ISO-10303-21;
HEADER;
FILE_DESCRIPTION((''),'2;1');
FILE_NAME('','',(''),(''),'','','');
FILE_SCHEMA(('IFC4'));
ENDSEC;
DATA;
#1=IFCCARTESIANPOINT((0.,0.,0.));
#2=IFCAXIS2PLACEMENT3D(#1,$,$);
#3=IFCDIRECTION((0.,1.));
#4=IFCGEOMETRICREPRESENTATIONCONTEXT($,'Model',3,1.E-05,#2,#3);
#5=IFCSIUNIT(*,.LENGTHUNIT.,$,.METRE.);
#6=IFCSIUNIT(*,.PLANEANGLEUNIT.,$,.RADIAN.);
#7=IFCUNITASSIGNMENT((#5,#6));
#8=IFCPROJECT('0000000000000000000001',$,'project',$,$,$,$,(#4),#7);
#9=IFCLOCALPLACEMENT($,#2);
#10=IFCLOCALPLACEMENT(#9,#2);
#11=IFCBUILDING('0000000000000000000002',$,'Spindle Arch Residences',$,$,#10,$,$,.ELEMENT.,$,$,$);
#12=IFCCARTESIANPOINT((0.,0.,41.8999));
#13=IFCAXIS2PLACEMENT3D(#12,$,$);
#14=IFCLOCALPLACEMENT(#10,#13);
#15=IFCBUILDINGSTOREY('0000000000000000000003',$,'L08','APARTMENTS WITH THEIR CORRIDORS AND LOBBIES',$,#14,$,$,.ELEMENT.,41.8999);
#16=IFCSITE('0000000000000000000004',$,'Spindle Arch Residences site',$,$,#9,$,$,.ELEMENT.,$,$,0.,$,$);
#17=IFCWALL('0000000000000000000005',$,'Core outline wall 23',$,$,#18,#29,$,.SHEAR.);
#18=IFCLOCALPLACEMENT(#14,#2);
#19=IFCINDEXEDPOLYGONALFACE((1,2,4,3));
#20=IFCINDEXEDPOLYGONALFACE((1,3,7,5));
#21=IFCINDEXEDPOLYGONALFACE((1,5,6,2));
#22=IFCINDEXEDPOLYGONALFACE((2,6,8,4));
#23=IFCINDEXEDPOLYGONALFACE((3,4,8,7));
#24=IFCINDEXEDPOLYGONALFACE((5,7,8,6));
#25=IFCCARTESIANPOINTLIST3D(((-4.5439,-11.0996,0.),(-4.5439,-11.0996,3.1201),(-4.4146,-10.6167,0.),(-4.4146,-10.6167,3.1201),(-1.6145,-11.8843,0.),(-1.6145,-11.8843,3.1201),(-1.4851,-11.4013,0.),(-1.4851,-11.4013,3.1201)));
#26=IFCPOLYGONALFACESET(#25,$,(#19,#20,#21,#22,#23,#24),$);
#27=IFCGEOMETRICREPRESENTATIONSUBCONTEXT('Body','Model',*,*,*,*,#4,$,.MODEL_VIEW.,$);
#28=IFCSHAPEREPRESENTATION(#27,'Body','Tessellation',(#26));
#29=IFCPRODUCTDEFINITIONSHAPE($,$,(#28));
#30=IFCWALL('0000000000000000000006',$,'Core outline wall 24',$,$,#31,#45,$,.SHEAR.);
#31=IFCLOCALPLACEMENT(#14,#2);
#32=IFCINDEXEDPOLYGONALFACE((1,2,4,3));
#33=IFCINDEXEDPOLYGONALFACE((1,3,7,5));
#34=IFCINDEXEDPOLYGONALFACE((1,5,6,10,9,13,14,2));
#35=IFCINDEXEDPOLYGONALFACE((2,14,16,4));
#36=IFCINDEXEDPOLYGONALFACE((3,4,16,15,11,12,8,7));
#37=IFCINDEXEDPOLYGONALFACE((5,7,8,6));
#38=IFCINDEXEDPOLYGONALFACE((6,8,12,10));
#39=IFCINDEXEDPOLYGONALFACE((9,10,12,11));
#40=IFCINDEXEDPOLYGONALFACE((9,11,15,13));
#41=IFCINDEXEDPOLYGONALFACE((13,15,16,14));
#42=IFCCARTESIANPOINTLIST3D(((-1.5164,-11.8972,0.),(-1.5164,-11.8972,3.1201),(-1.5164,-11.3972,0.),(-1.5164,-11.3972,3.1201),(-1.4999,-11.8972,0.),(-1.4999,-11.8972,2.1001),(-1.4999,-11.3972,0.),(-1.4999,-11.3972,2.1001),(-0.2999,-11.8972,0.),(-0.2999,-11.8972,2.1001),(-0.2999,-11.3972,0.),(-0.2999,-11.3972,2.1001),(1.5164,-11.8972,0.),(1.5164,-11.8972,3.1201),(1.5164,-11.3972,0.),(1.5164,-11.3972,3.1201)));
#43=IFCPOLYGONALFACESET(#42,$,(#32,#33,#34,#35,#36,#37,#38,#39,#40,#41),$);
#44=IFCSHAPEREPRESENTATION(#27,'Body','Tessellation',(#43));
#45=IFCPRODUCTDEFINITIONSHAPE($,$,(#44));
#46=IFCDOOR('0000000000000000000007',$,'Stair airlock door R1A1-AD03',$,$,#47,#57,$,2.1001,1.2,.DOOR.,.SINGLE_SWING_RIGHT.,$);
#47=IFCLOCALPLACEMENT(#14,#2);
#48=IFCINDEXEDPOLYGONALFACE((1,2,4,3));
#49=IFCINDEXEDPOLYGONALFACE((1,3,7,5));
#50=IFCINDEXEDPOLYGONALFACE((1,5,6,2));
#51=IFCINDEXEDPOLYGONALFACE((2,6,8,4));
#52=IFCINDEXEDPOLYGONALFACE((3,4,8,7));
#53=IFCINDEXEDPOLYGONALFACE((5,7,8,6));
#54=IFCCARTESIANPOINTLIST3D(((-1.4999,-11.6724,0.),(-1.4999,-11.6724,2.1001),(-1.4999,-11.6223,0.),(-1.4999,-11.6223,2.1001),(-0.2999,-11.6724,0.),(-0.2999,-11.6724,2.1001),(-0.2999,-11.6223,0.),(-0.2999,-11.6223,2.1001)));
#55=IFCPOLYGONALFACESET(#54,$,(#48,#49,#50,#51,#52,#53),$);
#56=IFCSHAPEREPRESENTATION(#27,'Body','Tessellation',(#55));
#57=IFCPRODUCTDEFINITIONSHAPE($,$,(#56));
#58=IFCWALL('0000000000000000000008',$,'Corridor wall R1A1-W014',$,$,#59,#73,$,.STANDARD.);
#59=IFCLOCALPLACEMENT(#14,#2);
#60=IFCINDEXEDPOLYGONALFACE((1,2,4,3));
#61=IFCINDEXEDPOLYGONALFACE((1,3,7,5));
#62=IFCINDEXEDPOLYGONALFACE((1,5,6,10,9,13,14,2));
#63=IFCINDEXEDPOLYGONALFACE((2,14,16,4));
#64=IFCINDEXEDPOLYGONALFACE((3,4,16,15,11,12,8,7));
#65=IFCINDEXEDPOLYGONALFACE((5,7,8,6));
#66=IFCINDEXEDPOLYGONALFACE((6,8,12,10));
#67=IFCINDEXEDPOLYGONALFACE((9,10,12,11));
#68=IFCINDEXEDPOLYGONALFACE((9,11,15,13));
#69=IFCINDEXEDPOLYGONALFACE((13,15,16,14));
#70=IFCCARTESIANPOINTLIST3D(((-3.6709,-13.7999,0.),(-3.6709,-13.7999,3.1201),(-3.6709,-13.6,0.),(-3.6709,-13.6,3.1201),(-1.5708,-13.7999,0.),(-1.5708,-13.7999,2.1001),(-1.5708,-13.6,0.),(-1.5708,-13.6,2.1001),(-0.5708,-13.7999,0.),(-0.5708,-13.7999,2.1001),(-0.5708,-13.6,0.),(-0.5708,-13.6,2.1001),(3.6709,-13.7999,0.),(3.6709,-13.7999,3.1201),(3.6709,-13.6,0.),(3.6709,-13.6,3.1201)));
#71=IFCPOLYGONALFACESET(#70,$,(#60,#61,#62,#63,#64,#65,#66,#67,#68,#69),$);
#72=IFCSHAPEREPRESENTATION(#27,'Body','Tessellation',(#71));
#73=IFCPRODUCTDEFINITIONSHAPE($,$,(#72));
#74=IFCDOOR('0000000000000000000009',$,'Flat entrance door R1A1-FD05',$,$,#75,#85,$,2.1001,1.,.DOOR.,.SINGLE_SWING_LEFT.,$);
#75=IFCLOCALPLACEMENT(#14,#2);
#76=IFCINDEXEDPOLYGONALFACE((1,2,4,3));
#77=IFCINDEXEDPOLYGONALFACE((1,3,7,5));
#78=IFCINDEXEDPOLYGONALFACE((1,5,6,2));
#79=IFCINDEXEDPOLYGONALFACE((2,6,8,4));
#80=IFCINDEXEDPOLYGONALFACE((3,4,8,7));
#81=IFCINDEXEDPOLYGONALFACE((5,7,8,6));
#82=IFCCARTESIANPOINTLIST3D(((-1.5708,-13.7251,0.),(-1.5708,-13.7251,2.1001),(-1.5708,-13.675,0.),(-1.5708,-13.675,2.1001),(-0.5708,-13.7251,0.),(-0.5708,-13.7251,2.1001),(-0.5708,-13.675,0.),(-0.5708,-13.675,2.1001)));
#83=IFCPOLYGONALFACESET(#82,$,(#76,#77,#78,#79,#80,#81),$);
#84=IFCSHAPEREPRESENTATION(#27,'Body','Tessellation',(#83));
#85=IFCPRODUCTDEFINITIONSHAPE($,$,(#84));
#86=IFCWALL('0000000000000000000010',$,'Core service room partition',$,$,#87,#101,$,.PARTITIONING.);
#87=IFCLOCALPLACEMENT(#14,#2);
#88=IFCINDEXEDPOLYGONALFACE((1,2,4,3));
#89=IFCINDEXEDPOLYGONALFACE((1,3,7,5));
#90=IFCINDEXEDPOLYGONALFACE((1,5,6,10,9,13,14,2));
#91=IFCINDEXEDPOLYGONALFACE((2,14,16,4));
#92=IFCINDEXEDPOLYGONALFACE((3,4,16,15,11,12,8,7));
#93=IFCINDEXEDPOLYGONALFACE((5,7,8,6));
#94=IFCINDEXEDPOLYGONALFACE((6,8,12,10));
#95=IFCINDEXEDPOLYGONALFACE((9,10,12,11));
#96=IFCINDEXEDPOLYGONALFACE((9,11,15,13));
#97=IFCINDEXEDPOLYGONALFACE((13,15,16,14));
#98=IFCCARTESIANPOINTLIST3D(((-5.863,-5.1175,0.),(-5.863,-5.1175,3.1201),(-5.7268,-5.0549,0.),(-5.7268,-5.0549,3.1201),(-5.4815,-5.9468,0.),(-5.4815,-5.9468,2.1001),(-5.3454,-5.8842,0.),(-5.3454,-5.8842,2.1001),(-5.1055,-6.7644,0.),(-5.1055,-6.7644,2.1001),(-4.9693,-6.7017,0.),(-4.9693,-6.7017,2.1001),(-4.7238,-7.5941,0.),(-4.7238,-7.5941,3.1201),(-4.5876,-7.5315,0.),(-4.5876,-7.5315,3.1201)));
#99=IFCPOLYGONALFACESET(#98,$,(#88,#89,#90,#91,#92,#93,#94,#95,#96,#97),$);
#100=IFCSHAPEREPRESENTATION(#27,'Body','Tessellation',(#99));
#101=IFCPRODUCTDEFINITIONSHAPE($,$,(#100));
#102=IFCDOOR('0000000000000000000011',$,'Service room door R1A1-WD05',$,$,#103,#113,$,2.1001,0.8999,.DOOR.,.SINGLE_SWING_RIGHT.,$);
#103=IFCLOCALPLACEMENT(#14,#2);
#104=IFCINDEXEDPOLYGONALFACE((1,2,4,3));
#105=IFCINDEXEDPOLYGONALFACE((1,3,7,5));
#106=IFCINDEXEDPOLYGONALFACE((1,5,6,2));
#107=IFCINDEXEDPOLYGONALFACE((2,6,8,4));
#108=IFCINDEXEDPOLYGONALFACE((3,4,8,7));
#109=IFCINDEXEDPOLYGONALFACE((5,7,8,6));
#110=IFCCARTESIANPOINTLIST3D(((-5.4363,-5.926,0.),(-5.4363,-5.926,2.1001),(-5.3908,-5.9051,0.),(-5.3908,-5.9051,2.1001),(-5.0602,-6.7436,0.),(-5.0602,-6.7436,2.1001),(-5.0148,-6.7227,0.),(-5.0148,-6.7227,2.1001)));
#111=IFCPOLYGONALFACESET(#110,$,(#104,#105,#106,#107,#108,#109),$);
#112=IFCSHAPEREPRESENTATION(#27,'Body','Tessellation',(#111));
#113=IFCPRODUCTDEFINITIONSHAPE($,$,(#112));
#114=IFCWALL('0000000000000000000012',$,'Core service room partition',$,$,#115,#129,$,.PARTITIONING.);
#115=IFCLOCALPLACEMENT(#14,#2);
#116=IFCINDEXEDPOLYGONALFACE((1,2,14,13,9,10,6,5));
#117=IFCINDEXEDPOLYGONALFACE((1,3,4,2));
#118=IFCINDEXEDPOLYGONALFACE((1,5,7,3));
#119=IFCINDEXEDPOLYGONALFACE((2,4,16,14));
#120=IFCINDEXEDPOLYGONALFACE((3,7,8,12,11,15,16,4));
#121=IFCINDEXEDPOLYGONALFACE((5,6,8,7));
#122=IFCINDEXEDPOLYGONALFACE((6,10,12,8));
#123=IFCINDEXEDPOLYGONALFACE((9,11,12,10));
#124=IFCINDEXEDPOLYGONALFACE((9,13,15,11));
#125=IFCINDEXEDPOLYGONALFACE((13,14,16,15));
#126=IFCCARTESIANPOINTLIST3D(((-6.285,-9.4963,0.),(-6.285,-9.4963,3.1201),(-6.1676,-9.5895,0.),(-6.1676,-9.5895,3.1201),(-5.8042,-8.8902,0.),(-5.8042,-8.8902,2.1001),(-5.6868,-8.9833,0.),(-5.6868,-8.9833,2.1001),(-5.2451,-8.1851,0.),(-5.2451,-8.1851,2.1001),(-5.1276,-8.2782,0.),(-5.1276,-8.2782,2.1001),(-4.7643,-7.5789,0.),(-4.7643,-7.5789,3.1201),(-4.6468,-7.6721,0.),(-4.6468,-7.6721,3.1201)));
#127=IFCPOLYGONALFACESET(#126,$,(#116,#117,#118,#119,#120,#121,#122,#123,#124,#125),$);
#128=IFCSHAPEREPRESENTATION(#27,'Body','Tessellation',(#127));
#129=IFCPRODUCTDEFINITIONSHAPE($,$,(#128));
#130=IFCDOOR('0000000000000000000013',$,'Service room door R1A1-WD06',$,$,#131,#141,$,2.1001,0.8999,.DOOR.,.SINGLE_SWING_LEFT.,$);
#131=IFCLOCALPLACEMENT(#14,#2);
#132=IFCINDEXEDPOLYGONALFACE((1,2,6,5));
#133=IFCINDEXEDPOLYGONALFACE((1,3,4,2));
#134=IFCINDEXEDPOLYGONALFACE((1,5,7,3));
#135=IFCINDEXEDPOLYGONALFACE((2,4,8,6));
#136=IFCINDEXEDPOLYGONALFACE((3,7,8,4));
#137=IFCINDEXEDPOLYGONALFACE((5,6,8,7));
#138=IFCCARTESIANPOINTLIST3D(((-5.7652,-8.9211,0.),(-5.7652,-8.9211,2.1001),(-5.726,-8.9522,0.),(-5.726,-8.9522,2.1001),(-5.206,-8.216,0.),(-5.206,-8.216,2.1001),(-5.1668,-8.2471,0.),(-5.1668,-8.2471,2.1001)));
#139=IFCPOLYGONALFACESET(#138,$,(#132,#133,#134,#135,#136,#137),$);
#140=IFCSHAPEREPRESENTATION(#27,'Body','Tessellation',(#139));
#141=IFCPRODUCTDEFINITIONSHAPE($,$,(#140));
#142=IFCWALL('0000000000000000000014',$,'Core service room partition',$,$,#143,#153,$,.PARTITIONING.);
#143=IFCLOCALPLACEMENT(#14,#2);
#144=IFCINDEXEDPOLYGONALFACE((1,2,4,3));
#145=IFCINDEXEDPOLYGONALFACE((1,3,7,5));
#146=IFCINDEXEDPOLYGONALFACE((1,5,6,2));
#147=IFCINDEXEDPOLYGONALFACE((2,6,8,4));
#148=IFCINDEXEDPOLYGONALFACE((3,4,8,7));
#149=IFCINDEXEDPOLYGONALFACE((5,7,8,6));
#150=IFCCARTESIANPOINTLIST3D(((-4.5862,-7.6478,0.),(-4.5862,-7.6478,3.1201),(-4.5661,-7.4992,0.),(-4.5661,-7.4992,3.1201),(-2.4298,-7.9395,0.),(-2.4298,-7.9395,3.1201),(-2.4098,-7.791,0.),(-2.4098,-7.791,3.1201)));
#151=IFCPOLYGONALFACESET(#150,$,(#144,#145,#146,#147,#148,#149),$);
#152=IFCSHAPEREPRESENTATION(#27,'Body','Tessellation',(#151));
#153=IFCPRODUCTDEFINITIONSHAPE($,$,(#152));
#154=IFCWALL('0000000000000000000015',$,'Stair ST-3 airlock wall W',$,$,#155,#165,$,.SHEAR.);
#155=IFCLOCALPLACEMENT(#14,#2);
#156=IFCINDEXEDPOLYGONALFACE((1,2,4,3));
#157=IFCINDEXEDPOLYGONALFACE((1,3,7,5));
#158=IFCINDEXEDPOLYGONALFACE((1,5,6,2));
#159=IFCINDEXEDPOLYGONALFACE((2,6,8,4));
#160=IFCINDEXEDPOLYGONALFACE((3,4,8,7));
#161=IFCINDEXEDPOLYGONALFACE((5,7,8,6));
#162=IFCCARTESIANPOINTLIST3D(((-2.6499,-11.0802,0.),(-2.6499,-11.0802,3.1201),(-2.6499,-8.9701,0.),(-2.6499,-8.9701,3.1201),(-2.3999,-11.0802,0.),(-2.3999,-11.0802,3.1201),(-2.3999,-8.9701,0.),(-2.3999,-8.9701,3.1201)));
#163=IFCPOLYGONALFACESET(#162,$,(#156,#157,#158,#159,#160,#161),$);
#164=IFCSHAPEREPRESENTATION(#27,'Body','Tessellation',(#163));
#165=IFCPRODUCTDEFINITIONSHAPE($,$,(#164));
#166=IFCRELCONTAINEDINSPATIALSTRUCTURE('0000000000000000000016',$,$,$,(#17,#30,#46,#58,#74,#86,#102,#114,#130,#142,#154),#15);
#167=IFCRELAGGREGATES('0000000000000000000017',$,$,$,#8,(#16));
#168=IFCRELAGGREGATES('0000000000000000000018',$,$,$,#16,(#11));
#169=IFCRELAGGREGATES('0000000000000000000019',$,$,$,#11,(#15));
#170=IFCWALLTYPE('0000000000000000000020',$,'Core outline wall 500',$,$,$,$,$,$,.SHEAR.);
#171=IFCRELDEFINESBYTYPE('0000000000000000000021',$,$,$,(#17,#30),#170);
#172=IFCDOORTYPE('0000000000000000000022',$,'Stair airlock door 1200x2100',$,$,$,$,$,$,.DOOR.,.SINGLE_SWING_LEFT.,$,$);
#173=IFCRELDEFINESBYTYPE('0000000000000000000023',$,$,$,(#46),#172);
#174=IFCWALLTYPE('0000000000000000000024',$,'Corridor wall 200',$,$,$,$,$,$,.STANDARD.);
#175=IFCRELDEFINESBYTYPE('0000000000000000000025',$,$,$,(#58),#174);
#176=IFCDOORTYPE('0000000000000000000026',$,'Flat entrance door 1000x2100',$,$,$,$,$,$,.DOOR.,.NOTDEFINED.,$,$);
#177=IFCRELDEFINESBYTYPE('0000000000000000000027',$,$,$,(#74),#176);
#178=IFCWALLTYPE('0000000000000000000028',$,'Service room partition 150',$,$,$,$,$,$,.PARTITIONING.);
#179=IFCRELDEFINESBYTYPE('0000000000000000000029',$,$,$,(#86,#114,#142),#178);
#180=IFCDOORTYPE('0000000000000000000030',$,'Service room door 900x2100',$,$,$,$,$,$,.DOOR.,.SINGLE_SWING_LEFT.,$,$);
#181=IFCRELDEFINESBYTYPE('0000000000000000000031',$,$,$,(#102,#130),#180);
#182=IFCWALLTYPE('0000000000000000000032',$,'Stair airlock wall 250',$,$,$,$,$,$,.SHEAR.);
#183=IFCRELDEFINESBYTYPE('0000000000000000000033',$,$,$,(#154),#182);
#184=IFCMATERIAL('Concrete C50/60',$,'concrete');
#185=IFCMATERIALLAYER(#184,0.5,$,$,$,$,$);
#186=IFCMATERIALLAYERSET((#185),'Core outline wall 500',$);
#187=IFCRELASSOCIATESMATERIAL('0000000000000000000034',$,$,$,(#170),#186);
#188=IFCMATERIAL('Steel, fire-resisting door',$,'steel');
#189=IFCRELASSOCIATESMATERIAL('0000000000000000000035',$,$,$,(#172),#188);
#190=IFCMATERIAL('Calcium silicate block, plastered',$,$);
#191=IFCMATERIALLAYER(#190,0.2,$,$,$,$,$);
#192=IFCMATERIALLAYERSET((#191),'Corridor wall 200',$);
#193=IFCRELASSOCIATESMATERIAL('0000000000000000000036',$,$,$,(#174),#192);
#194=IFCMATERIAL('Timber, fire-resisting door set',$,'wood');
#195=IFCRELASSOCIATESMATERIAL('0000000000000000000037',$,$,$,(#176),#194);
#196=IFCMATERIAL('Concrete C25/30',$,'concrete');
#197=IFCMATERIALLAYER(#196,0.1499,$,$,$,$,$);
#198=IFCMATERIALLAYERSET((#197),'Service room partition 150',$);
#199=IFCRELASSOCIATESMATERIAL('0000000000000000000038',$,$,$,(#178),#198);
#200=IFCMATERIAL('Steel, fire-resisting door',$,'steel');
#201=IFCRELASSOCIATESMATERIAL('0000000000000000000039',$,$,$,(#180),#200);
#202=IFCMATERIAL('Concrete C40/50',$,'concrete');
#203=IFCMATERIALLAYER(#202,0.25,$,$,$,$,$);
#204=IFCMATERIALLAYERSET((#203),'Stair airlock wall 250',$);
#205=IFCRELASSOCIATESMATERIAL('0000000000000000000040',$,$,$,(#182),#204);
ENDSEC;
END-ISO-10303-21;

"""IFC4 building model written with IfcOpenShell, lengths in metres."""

from ifc_helpers import new_model, si_unit, direction, frame, frame_2d, origin, place, context, subcontext, project, spatial, rectangle, extrude, material, layer, layer_set, type_object, element, fill, save


model = new_model("IFC4")

# Units and contexts
model_context = context("Model", 3, precision=1e-05, world=origin(), true_north=direction((0.0, 1.0)))
body_context = subcontext(model_context, "Body", "Model", "MODEL_VIEW")
ifc_project = project(units=[si_unit("LENGTHUNIT", "METRE"), si_unit("PLANEANGLEUNIT", "RADIAN")], contexts=[model_context])

# Site, building, storey
site_placement = place(None, origin())
site = spatial("IfcSite", under=ifc_project, at=site_placement, Name="Spindle Arch Residences site", CompositionType="ELEMENT", RefElevation=0.0)
building_placement = place(site_placement, origin())
building = spatial("IfcBuilding", under=site, at=building_placement, Name="Spindle Arch Residences", CompositionType="ELEMENT")
storey_placement = place(building_placement, frame((0.0, 0.0, 41.8999)))
storey = spatial("IfcBuildingStorey", under=building, at=storey_placement, Name="L08", Description="APARTMENTS WITH THEIR CORRIDORS AND LOBBIES", CompositionType="ELEMENT", Elevation=41.8999)

# Wall
ifc_material_1 = material(Name="Concrete C50/60", Category="concrete")
ifc_layer_1 = layer(ifc_material_1, 0.5)
ifc_layer_set_1 = layer_set([ifc_layer_1], Name="Core outline wall 500")
wall_type_1 = type_object("IfcWallType", Name="Core outline wall 500", PredefinedType="SHEAR", material=ifc_layer_set_1)
wall_1_placement = place(storey_placement, frame((-4.4792, -10.8582, 0.0), z_axis=(0.0, 0.0, 1.0), x_axis=(0.965948, -0.258735, 0.0)))
element("IfcWall", 1, at=wall_1_placement, inside=storey, type_object=wall_type_1, Name="Core outline wall 23", PredefinedType="SHEAR", context=body_context, shape_type="SweptSolid", body=[
    extrude(rectangle(XDim=3.0327, YDim=0.5, at=frame_2d((1.5164, 0.0))), origin(), (0.0, 0.0, 1.0), 3.1201),
])

# Walls, openings, doors
wall_2_placement = place(storey_placement, frame((-1.5164, -11.6472, 0.0), z_axis=(0.0, 0.0, 1.0), x_axis=(1.0, 0.0, 0.0)))
wall_2 = element("IfcWall", 2, at=wall_2_placement, inside=storey, type_object=wall_type_1, Name="Core outline wall 24", PredefinedType="SHEAR", context=body_context, shape_type="SweptSolid", body=[
    extrude(rectangle(XDim=3.0327, YDim=0.5, at=frame_2d((1.5164, 0.0))), origin(), (0.0, 0.0, 1.0), 3.1201),
])
opening_1_placement = place(wall_2_placement, frame((0.0164, 0.0, 0.0)))
opening_1 = element("IfcOpeningElement", 3, at=opening_1_placement, cuts=wall_2, PredefinedType="OPENING", context=body_context, shape_type="SweptSolid", body=[
    extrude(rectangle(XDim=1.2, YDim=2.1001, at=frame_2d((0.6001, 1.05))), frame((0.0, 0.26, 0.0), z_axis=(0.0, -1.0, 0.0), x_axis=(1.0, 0.0, 0.0)), (0.0, 0.0, 1.0), 0.52),
])
ifc_material_2 = material(Name="Steel, fire-resisting door", Category="steel")
door_type_1 = type_object("IfcDoorType", Name="Stair airlock door 1200x2100", OperationType="SINGLE_SWING_LEFT", PredefinedType="DOOR", material=ifc_material_2)
door_1_placement = place(opening_1_placement, origin())
door_1 = element("IfcDoor", 4, at=door_1_placement, inside=storey, type_object=door_type_1, Name="Stair airlock door R1A1-AD03", OperationType="SINGLE_SWING_RIGHT", OverallHeight=2.1001, OverallWidth=1.2, PredefinedType="DOOR", context=body_context, shape_type="SweptSolid", body=[
    extrude(rectangle(XDim=1.2, YDim=2.1001, at=frame_2d((0.6001, 1.05))), frame((0.0, 0.0249, 0.0), z_axis=(0.0, -1.0, 0.0), x_axis=(1.0, 0.0, 0.0)), (0.0, 0.0, 1.0), 0.05),
])
fill(opening_1, door_1)
ifc_material_3 = material(Name="Calcium silicate block, plastered")
ifc_layer_2 = layer(ifc_material_3, 0.2)
ifc_layer_set_2 = layer_set([ifc_layer_2], Name="Corridor wall 200")
wall_type_2 = type_object("IfcWallType", Name="Corridor wall 200", PredefinedType="STANDARD", material=ifc_layer_set_2)
wall_3_placement = place(storey_placement, frame((-3.6709, -13.7, 0.0), z_axis=(0.0, 0.0, 1.0), x_axis=(1.0, 0.0, 0.0)))
wall_3 = element("IfcWall", 5, at=wall_3_placement, inside=storey, type_object=wall_type_2, Name="Corridor wall R1A1-W014", PredefinedType="STANDARD", context=body_context, shape_type="SweptSolid", body=[
    extrude(rectangle(XDim=7.3418, YDim=0.2, at=frame_2d((3.6709, 0.0))), origin(), (0.0, 0.0, 1.0), 3.1201),
])
opening_2_placement = place(wall_3_placement, frame((2.1001, 0.0, 0.0)))
opening_2 = element("IfcOpeningElement", 6, at=opening_2_placement, cuts=wall_3, PredefinedType="OPENING", context=body_context, shape_type="SweptSolid", body=[
    extrude(rectangle(XDim=1.0, YDim=2.1001, at=frame_2d((0.5, 1.05))), frame((0.0, 0.1099, 0.0), z_axis=(0.0, -1.0, 0.0), x_axis=(1.0, 0.0, 0.0)), (0.0, 0.0, 1.0), 0.22),
])
ifc_material_4 = material(Name="Timber, fire-resisting door set", Category="wood")
door_type_2 = type_object("IfcDoorType", Name="Flat entrance door 1000x2100", OperationType="NOTDEFINED", PredefinedType="DOOR", material=ifc_material_4)
door_2_placement = place(opening_2_placement, origin())
door_2 = element("IfcDoor", 7, at=door_2_placement, inside=storey, type_object=door_type_2, Name="Flat entrance door R1A1-FD05", OperationType="SINGLE_SWING_LEFT", OverallHeight=2.1001, OverallWidth=1.0, PredefinedType="DOOR", context=body_context, shape_type="SweptSolid", body=[
    extrude(rectangle(XDim=1.0, YDim=2.1001, at=frame_2d((0.5, 1.05))), frame((0.0, 0.0249, 0.0), z_axis=(0.0, -1.0, 0.0), x_axis=(1.0, 0.0, 0.0)), (0.0, 0.0, 1.0), 0.05),
])
fill(opening_2, door_2)
ifc_material_5 = material(Name="Concrete C25/30", Category="concrete")
ifc_layer_3 = layer(ifc_material_5, 0.1499)
ifc_layer_set_3 = layer_set([ifc_layer_3], Name="Service room partition 150")
wall_type_3 = type_object("IfcWallType", Name="Service room partition 150", PredefinedType="PARTITIONING", material=ifc_layer_set_3)
wall_4_placement = place(storey_placement, frame((-5.7949, -5.0862, 0.0), z_axis=(0.0, 0.0, 1.0), x_axis=(0.417888, -0.908499, 0.0)))
wall_4 = element("IfcWall", 8, at=wall_4_placement, inside=storey, type_object=wall_type_3, Name="Core service room partition", PredefinedType="PARTITIONING", context=body_context, shape_type="SweptSolid", body=[
    extrude(rectangle(XDim=2.7261, YDim=0.1499, at=frame_2d((1.363, 0.0))), origin(), (0.0, 0.0, 1.0), 3.1201),
])
opening_3_placement = place(wall_4_placement, frame((0.9128, 0.0, 0.0)))
opening_3 = element("IfcOpeningElement", 9, at=opening_3_placement, cuts=wall_4, PredefinedType="OPENING", context=body_context, shape_type="SweptSolid", body=[
    extrude(rectangle(XDim=0.8999, YDim=2.1001, at=frame_2d((0.45, 1.05))), frame((0.0, 0.085, 0.0), z_axis=(0.0, -1.0, 0.0), x_axis=(1.0, 0.0, 0.0)), (0.0, 0.0, 1.0), 0.1699),
])
ifc_material_6 = material(Name="Steel, fire-resisting door", Category="steel")
door_type_3 = type_object("IfcDoorType", Name="Service room door 900x2100", OperationType="SINGLE_SWING_LEFT", PredefinedType="DOOR", material=ifc_material_6)
door_3_placement = place(opening_3_placement, origin())
door_3 = element("IfcDoor", 10, at=door_3_placement, inside=storey, type_object=door_type_3, Name="Service room door R1A1-WD05", OperationType="SINGLE_SWING_RIGHT", OverallHeight=2.1001, OverallWidth=0.8999, PredefinedType="DOOR", context=body_context, shape_type="SweptSolid", body=[
    extrude(rectangle(XDim=0.8999, YDim=2.1001, at=frame_2d((0.45, 1.05))), frame((0.0, 0.0249, 0.0), z_axis=(0.0, -1.0, 0.0), x_axis=(1.0, 0.0, 0.0)), (0.0, 0.0, 1.0), 0.05),
])
fill(opening_3, door_3)
wall_5_placement = place(storey_placement, frame((-4.7056, -7.6255, 0.0), z_axis=(0.0, 0.0, 1.0), x_axis=(-0.621393, -0.783499, 0.0)))
wall_5 = element("IfcWall", 11, at=wall_5_placement, inside=storey, type_object=wall_type_3, Name="Core service room partition", PredefinedType="PARTITIONING", context=body_context, shape_type="SweptSolid", body=[
    extrude(rectangle(XDim=2.4473, YDim=0.1499, at=frame_2d((1.2236, 0.0))), origin(), (0.0, 0.0, 1.0), 3.1201),
])
opening_4_placement = place(wall_5_placement, frame((0.7737, 0.0, 0.0)))
opening_4 = element("IfcOpeningElement", 12, at=opening_4_placement, cuts=wall_5, PredefinedType="OPENING", context=body_context, shape_type="SweptSolid", body=[
    extrude(rectangle(XDim=0.8999, YDim=2.1001, at=frame_2d((0.45, 1.05))), frame((0.0, 0.085, 0.0), z_axis=(0.0, -1.0, 0.0), x_axis=(1.0, 0.0, 0.0)), (0.0, 0.0, 1.0), 0.1699),
])
door_4_placement = place(opening_4_placement, origin())
door_4 = element("IfcDoor", 13, at=door_4_placement, inside=storey, type_object=door_type_3, Name="Service room door R1A1-WD06", OperationType="SINGLE_SWING_LEFT", OverallHeight=2.1001, OverallWidth=0.8999, PredefinedType="DOOR", context=body_context, shape_type="SweptSolid", body=[
    extrude(rectangle(XDim=0.8999, YDim=2.1001, at=frame_2d((0.45, 1.05))), frame((0.0, 0.0249, 0.0), z_axis=(0.0, -1.0, 0.0), x_axis=(1.0, 0.0, 0.0)), (0.0, 0.0, 1.0), 0.05),
])
fill(opening_4, door_4)

# Walls
wall_6_placement = place(storey_placement, frame((-2.4199, -7.8652, 0.0), z_axis=(0.0, 0.0, 1.0), x_axis=(-0.990972, 0.134067, 0.0)))
element("IfcWall", 14, at=wall_6_placement, inside=storey, type_object=wall_type_3, Name="Core service room partition", PredefinedType="PARTITIONING", context=body_context, shape_type="SweptSolid", body=[
    extrude(rectangle(XDim=2.176, YDim=0.1499, at=frame_2d((1.0879, 0.0))), origin(), (0.0, 0.0, 1.0), 3.1201),
])
ifc_material_7 = material(Name="Concrete C40/50", Category="concrete")
ifc_layer_4 = layer(ifc_material_7, 0.25)
ifc_layer_set_4 = layer_set([ifc_layer_4], Name="Stair airlock wall 250")
wall_type_4 = type_object("IfcWallType", Name="Stair airlock wall 250", PredefinedType="SHEAR", material=ifc_layer_set_4)
wall_7_placement = place(storey_placement, frame((-2.5249, -8.97, 0.0), z_axis=(0.0, 0.0, 1.0), x_axis=(0.0, -1.0, 0.0)))
element("IfcWall", 15, at=wall_7_placement, inside=storey, type_object=wall_type_4, Name="Stair ST-3 airlock wall W", PredefinedType="SHEAR", context=body_context, shape_type="SweptSolid", body=[
    extrude(rectangle(XDim=2.1101, YDim=0.25, at=frame_2d((1.0552, 0.0))), origin(), (0.0, 0.0, 1.0), 3.1201),
])

save(model, "model.ifc")
